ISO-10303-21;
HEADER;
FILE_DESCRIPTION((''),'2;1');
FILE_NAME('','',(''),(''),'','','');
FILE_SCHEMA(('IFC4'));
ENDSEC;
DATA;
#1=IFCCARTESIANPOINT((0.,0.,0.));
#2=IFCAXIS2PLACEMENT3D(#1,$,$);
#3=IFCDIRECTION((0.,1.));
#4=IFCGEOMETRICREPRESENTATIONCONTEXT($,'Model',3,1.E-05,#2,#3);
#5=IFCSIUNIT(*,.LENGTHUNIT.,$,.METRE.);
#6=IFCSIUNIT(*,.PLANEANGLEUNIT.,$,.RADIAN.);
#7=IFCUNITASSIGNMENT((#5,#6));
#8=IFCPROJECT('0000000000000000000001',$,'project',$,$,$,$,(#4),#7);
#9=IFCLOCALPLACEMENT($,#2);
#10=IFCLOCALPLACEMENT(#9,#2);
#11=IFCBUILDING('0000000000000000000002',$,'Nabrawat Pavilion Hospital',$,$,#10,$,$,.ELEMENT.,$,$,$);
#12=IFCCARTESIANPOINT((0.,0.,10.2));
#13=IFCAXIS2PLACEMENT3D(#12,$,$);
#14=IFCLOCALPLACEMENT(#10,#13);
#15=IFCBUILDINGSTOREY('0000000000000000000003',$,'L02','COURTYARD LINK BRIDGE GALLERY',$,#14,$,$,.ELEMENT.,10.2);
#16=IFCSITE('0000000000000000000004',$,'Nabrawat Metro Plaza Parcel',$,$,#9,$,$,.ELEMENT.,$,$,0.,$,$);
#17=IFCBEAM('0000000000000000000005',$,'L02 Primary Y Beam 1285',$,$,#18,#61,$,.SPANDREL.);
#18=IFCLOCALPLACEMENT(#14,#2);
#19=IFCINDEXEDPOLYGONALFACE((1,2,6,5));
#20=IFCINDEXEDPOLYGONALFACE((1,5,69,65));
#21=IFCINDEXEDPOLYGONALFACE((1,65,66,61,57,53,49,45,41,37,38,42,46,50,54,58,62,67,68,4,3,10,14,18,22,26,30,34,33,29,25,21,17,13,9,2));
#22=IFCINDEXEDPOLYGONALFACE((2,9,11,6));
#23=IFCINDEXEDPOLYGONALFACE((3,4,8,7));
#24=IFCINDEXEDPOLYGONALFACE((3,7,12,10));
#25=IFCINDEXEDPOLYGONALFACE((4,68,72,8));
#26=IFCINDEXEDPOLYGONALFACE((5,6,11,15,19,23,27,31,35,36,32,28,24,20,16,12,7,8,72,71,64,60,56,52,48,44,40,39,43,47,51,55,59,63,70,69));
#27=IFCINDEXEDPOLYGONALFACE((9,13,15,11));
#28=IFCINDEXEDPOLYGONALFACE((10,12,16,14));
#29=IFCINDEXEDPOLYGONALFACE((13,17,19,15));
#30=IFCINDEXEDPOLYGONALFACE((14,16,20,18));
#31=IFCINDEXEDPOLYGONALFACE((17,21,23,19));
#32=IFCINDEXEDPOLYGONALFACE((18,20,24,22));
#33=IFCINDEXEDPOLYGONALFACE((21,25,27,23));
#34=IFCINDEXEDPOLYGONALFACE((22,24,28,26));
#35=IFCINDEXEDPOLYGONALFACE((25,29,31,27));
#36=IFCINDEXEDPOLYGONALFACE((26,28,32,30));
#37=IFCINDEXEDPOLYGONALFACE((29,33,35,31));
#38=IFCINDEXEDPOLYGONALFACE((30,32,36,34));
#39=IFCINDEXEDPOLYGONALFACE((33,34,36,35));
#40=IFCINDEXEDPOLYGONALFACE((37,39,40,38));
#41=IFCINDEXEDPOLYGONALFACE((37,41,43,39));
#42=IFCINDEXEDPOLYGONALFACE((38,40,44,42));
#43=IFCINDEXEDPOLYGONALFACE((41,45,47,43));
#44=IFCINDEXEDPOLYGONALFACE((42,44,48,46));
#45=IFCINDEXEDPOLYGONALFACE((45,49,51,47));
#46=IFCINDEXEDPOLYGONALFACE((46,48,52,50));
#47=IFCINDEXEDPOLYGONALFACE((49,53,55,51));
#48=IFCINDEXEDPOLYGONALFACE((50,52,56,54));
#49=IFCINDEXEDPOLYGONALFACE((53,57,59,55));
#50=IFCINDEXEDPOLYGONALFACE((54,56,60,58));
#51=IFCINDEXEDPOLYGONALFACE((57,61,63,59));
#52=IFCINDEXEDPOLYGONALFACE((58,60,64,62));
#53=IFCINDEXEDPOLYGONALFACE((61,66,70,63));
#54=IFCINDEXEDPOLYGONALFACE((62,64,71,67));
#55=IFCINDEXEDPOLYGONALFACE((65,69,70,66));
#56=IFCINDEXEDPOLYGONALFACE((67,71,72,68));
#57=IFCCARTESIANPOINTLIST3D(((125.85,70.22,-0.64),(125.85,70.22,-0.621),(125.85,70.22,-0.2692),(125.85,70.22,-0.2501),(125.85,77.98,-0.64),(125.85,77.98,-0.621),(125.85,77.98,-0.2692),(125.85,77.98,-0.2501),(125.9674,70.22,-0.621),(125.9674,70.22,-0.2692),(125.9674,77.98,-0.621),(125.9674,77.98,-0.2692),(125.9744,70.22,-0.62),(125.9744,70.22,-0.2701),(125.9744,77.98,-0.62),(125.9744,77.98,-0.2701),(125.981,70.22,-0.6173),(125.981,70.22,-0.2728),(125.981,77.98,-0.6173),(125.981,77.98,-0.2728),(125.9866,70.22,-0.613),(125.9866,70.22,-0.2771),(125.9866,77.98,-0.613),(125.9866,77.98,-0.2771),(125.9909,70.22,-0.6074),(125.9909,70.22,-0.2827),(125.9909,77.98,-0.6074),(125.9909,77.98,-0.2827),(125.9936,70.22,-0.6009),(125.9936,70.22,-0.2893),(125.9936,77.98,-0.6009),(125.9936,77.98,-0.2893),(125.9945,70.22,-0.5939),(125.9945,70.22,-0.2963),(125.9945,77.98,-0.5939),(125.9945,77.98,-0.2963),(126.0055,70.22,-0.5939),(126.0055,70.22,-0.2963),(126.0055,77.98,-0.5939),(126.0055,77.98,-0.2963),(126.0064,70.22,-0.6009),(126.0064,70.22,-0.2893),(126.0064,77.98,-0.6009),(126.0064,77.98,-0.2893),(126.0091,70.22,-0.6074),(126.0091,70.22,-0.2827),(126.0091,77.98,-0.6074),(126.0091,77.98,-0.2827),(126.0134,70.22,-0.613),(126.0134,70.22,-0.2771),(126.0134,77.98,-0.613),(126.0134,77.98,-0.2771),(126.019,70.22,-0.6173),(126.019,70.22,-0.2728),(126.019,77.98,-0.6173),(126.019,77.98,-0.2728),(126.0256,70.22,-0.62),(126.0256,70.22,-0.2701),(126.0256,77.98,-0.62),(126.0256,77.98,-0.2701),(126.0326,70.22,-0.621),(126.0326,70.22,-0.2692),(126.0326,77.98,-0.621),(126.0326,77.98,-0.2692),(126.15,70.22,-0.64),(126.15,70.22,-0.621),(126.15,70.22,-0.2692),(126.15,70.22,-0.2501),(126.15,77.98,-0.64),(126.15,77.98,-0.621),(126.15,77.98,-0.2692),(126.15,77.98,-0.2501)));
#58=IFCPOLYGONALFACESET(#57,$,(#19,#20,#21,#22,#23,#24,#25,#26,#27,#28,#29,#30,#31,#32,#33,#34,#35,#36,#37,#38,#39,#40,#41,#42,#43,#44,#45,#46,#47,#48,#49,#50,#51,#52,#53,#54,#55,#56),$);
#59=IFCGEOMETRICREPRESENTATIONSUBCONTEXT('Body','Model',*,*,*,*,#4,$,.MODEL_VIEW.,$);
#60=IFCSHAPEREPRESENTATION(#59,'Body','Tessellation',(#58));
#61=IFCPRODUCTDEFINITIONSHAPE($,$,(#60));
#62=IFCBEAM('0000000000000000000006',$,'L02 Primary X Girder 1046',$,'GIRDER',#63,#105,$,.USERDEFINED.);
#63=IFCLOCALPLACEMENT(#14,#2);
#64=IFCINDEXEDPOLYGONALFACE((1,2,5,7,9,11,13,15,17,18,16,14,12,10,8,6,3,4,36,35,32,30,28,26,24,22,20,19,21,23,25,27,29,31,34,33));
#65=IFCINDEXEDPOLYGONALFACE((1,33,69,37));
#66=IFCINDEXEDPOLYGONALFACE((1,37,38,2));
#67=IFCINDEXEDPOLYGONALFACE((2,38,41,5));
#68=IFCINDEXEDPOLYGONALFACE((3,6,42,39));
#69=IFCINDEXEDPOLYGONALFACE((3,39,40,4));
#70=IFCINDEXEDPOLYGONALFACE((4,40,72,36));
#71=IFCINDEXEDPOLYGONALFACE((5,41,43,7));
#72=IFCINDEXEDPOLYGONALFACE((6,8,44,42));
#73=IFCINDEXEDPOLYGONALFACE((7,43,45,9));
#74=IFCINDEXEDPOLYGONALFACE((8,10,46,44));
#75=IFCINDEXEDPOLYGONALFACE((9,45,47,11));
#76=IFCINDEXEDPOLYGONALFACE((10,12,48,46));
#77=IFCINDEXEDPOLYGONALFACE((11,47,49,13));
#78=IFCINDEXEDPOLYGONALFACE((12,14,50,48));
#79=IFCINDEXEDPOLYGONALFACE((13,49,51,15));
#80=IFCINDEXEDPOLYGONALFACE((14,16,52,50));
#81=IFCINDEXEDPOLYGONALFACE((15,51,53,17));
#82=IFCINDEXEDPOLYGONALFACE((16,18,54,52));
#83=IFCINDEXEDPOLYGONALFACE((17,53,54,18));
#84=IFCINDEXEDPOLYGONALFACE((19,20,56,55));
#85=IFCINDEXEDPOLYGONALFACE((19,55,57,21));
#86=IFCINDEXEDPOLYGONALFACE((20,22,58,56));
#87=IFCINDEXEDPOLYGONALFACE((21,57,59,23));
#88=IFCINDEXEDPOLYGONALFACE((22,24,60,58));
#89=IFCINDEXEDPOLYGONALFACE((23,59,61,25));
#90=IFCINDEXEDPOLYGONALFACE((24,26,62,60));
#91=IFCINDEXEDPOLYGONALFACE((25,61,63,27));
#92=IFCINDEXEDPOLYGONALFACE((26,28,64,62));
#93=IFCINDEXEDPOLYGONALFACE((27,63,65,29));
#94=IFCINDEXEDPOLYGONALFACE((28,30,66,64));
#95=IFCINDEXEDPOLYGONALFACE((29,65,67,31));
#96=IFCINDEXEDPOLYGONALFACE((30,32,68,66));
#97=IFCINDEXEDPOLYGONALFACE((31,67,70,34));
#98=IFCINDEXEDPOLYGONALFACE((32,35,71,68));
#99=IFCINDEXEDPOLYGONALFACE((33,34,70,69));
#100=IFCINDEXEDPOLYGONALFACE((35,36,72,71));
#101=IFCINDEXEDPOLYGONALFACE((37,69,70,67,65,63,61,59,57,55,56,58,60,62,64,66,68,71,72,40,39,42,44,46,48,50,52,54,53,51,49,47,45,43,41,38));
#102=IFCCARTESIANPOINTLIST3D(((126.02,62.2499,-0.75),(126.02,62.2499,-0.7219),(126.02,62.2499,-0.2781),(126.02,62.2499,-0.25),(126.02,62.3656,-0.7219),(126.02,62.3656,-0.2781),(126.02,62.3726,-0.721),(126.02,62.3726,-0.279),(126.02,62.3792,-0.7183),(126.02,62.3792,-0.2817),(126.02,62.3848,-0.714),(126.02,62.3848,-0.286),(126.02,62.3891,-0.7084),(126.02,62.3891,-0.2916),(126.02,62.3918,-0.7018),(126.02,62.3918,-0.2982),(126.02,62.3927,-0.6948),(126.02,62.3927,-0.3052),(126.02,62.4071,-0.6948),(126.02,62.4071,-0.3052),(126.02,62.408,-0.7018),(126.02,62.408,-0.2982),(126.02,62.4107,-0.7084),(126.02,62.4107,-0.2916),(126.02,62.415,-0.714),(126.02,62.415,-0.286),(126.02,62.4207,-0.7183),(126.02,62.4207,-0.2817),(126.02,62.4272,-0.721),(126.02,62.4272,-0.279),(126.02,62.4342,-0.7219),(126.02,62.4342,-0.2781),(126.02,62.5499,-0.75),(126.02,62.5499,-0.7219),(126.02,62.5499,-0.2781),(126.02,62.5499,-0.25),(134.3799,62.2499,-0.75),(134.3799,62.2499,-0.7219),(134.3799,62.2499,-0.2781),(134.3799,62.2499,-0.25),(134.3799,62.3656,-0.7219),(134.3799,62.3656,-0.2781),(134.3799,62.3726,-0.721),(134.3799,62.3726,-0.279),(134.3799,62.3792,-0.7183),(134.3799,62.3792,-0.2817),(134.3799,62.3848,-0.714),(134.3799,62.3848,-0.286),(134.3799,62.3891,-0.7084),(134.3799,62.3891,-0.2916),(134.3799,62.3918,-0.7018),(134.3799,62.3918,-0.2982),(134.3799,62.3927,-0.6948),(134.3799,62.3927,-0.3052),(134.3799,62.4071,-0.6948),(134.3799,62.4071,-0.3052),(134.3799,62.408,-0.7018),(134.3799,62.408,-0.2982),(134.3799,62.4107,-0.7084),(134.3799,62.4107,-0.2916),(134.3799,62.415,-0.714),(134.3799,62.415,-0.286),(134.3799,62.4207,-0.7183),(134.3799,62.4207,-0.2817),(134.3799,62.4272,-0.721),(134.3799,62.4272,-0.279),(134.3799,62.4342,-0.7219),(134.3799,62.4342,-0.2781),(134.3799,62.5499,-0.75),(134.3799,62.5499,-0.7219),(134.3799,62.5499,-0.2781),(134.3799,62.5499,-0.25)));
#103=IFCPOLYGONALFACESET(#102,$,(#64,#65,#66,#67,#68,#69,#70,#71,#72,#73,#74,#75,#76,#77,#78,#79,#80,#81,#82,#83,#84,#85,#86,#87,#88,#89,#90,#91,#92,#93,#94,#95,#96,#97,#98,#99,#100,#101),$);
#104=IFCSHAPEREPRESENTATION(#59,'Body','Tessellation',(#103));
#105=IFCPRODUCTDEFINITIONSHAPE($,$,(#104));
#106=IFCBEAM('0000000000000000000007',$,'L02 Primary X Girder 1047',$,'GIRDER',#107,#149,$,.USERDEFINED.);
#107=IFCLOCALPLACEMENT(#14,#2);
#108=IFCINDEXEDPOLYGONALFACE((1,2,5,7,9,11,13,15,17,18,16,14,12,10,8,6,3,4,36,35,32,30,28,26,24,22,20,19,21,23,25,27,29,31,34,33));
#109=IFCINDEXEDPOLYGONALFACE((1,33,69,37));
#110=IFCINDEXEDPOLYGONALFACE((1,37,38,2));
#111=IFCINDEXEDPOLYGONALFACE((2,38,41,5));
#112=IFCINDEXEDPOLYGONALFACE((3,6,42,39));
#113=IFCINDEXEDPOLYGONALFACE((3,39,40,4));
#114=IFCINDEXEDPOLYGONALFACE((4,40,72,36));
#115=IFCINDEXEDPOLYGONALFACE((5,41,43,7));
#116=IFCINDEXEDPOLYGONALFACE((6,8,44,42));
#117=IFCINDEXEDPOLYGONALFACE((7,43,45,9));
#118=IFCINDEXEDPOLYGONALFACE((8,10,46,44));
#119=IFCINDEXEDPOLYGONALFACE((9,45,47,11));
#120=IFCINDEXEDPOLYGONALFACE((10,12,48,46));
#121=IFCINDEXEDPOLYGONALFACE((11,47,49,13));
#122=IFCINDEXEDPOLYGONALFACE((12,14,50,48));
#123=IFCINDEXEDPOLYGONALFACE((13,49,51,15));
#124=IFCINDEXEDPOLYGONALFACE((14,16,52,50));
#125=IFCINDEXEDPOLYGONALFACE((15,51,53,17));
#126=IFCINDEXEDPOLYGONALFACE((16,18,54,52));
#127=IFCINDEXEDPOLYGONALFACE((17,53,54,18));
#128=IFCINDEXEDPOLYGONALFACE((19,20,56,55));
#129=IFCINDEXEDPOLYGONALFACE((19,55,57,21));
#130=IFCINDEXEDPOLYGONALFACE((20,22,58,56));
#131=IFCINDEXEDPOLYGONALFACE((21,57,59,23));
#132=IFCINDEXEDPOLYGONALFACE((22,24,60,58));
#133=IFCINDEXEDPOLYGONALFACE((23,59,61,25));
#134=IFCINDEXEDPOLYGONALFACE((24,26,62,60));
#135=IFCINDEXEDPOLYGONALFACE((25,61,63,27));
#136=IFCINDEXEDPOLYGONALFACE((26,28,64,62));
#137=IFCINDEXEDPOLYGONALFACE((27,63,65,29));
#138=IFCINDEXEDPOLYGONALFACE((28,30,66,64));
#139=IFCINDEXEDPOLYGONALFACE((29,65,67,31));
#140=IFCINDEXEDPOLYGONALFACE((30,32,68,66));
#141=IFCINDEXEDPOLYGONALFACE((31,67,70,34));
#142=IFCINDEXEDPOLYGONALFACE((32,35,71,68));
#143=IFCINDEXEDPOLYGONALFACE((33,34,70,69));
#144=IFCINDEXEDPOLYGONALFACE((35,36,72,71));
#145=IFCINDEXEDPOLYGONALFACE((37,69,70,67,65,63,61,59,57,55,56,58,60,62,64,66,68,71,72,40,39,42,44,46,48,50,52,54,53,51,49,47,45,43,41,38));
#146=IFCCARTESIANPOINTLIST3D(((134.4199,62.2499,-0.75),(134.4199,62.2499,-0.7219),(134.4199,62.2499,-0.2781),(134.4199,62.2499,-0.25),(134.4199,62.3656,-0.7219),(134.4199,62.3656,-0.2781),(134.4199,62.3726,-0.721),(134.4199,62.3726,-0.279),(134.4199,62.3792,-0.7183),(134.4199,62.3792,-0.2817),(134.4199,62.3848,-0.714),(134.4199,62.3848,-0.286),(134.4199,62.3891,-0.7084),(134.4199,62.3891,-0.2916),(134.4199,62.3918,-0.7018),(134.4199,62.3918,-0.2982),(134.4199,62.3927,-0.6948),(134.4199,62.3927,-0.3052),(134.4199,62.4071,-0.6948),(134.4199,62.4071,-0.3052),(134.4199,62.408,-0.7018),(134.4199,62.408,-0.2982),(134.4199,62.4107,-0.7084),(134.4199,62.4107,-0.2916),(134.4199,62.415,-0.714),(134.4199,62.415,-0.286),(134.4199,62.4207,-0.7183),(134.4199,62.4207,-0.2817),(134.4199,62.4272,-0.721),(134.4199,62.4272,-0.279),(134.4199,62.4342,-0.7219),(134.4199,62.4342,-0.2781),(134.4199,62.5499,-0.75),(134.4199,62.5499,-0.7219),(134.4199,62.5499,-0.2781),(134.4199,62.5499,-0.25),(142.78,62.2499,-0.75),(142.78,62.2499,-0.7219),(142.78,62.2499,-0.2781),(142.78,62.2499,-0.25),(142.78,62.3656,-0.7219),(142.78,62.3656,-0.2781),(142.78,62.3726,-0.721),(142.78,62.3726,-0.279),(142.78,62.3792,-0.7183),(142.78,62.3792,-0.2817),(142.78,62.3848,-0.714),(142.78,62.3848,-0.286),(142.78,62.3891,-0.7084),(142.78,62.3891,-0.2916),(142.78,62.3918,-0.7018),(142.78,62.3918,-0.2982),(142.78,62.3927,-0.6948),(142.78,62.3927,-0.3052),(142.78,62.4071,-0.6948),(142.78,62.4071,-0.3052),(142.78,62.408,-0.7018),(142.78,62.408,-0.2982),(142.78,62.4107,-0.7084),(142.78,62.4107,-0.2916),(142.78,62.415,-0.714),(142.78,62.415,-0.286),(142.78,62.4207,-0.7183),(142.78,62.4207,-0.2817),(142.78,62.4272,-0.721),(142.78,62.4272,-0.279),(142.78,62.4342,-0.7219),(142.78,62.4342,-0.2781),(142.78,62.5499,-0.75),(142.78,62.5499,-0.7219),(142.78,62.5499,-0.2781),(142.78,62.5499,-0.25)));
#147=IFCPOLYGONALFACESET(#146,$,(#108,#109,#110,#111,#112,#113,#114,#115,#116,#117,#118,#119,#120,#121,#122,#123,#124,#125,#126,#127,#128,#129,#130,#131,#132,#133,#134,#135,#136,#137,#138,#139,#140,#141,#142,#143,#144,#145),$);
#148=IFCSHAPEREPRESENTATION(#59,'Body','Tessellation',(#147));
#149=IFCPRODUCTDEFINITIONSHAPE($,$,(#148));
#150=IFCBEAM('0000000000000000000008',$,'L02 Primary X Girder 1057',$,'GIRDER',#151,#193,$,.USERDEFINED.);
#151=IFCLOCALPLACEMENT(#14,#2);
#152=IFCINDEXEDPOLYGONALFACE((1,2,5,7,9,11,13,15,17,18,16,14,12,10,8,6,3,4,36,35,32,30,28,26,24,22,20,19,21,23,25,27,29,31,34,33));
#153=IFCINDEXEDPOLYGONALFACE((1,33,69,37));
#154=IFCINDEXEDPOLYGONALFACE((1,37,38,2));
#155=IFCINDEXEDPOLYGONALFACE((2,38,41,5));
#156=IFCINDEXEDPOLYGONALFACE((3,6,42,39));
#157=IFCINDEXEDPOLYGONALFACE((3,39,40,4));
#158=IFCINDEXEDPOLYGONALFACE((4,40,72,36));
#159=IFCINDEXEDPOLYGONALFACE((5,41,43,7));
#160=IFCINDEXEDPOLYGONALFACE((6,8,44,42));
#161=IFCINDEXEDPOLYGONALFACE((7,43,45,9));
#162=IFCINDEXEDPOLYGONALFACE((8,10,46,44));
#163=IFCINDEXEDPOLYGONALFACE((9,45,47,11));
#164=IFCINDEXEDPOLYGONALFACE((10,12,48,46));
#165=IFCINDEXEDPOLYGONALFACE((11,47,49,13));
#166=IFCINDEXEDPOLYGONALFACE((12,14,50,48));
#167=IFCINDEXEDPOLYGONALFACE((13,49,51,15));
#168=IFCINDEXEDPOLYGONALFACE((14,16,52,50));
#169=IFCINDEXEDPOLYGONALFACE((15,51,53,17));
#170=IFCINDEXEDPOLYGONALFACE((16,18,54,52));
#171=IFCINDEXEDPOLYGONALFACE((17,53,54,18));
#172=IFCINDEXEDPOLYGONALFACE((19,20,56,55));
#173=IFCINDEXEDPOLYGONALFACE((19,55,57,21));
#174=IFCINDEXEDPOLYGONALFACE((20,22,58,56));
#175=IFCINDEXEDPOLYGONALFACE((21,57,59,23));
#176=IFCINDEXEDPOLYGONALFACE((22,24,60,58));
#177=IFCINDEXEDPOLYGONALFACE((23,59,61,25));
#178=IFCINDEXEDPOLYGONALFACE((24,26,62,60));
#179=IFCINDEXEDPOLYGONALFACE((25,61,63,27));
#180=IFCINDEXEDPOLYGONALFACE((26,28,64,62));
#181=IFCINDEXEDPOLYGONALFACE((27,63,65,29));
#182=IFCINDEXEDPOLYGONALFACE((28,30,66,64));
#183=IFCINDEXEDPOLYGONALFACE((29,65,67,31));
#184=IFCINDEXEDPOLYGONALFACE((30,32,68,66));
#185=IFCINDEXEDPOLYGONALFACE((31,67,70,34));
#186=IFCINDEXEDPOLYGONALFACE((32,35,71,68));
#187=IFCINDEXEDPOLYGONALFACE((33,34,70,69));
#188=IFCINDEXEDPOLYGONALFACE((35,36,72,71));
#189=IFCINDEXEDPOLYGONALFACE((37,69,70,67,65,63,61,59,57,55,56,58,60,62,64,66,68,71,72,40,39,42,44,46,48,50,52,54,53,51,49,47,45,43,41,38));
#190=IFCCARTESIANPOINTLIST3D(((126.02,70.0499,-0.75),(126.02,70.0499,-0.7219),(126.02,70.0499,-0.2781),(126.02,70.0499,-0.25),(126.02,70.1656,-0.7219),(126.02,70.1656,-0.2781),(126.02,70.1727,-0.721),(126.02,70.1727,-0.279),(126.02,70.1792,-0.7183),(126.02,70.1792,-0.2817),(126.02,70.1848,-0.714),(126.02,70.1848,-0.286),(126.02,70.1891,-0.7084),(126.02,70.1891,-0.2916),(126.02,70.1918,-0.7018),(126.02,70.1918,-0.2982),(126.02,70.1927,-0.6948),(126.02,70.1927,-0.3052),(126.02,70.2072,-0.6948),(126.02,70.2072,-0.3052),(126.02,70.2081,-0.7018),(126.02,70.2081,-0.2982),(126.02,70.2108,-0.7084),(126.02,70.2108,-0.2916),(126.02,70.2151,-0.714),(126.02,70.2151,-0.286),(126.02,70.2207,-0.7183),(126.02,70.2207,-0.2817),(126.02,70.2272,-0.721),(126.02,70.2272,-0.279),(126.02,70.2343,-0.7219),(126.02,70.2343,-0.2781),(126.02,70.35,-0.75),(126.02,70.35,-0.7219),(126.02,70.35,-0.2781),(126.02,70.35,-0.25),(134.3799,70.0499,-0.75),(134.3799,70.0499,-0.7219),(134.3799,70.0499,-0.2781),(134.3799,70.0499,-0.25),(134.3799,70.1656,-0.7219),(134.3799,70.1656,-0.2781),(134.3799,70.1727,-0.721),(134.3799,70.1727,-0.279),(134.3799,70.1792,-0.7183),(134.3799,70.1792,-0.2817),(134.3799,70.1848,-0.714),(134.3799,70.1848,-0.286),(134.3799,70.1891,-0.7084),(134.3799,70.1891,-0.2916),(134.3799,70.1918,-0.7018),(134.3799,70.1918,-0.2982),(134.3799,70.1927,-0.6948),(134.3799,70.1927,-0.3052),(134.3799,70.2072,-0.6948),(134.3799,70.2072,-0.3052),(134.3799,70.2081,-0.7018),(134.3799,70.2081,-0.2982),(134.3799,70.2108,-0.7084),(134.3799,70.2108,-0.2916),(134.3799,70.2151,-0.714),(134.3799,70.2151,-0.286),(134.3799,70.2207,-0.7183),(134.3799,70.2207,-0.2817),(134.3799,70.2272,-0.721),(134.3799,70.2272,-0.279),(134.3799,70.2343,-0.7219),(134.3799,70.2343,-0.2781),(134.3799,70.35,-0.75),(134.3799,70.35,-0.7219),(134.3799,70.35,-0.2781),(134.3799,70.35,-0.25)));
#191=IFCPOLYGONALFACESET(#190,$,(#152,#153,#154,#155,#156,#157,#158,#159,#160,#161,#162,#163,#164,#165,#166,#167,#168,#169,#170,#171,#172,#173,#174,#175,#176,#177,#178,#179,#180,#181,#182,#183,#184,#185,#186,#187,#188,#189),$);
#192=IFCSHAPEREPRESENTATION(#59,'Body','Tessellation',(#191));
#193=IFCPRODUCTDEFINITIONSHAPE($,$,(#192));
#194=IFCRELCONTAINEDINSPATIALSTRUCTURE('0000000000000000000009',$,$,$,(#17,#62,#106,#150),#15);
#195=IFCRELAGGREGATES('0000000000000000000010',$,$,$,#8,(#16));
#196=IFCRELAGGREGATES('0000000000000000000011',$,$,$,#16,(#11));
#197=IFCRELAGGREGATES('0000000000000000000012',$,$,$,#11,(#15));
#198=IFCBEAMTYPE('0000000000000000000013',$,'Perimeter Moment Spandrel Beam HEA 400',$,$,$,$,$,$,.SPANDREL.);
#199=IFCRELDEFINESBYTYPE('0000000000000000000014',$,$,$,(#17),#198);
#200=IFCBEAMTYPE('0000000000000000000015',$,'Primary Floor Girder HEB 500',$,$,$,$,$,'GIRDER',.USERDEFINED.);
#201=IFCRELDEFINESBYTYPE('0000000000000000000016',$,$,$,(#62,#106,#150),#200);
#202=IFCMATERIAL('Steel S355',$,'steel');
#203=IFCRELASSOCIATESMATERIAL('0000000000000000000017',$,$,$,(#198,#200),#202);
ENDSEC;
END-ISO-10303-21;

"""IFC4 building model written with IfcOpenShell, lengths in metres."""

from ifc_helpers import new_model, si_unit, direction, frame, origin, origin_2d, place, context, subcontext, project, spatial, i_section, extrude, material, material_profile, profile_set, type_object, element, save


model = new_model("IFC4")

# Units and contexts
model_context = context("Model", 3, precision=1e-05, world=origin(), true_north=direction((0.0, 1.0)))
body_context = subcontext(model_context, "Body", "Model", "MODEL_VIEW")
ifc_project = project(units=[si_unit("LENGTHUNIT", "METRE"), si_unit("PLANEANGLEUNIT", "RADIAN")], contexts=[model_context])

# Site, building, storey
site_placement = place(None, origin())
site = spatial("IfcSite", under=ifc_project, at=site_placement, Name="Nabrawat Metro Plaza Parcel", CompositionType="ELEMENT", RefElevation=0.0)
building_placement = place(site_placement, origin())
building = spatial("IfcBuilding", under=site, at=building_placement, Name="Nabrawat Pavilion Hospital", CompositionType="ELEMENT")
storey_placement = place(building_placement, frame((0.0, 0.0, 10.2)))
storey = spatial("IfcBuildingStorey", under=building, at=storey_placement, Name="L02", Description="COURTYARD LINK BRIDGE GALLERY", CompositionType="ELEMENT", Elevation=10.2)

# Shared definitions
ifc_material_1 = material(Name="Steel S355", Category="steel")

# Beams
ifc_material_profile_1 = material_profile(ifc_material_1, i_section(OverallWidth=0.3, OverallDepth=0.3899, WebThickness=0.011, FlangeThickness=0.019, FilletRadius=0.0271, at=origin_2d()), Name="HEA 400")
ifc_profile_set_1 = profile_set([ifc_material_profile_1], Name="Steel S355")
beam_type_1 = type_object("IfcBeamType", Name="Perimeter Moment Spandrel Beam HEA 400", PredefinedType="SPANDREL", material=ifc_profile_set_1)
for number, where, z_axis, x_axis, name in (
    (1, (126.0, 70.22, -0.4451), (0.0, 1.0, 0.0), (-1.0, 0.0, 0.0), "L02 Primary Y Beam 1285"),
):
    element("IfcBeam", number, at=place(storey_placement, frame(where, z_axis=z_axis, x_axis=x_axis)), inside=storey, type_object=beam_type_1, Name=name, PredefinedType="SPANDREL", context=body_context, shape_type="SweptSolid", body=[
        extrude(i_section(OverallWidth=0.3, OverallDepth=0.3899, WebThickness=0.011, FlangeThickness=0.019, FilletRadius=0.0271, at=origin_2d()), origin(), (0.0, 0.0, 1.0), 7.76),
    ])
ifc_material_profile_2 = material_profile(ifc_material_1, i_section(OverallWidth=0.3, OverallDepth=0.5, WebThickness=0.0144, FlangeThickness=0.0281, FilletRadius=0.0271, at=origin_2d()), Name="HEB 500")
ifc_profile_set_2 = profile_set([ifc_material_profile_2], Name="Steel S355")
beam_type_2 = type_object("IfcBeamType", Name="Primary Floor Girder HEB 500", ElementType="GIRDER", PredefinedType="USERDEFINED", material=ifc_profile_set_2)
beam_1_placement = place(storey_placement, frame((126.02, 62.3999, -0.5), z_axis=(1.0, 0.0, 0.0), x_axis=(0.0, 1.0, 0.0)))
element("IfcBeam", 2, at=beam_1_placement, inside=storey, type_object=beam_type_2, Name="L02 Primary X Girder 1046", ObjectType="GIRDER", PredefinedType="USERDEFINED", context=body_context, shape_type="SweptSolid", body=[
    extrude(i_section(OverallWidth=0.3, OverallDepth=0.5, WebThickness=0.0144, FlangeThickness=0.0281, FilletRadius=0.0271, at=origin_2d()), origin(), (0.0, 0.0, 1.0), 8.3599),
])
beam_2_placement = place(storey_placement, frame((134.4199, 62.3999, -0.5), z_axis=(1.0, 0.0, 0.0), x_axis=(0.0, 1.0, 0.0)))
element("IfcBeam", 3, at=beam_2_placement, inside=storey, type_object=beam_type_2, Name="L02 Primary X Girder 1047", ObjectType="GIRDER", PredefinedType="USERDEFINED", context=body_context, shape_type="SweptSolid", body=[
    extrude(i_section(OverallWidth=0.3, OverallDepth=0.5, WebThickness=0.0144, FlangeThickness=0.0281, FilletRadius=0.0271, at=origin_2d()), origin(), (0.0, 0.0, 1.0), 8.3601),
])
beam_3_placement = place(storey_placement, frame((126.02, 70.2, -0.5), z_axis=(1.0, 0.0, 0.0), x_axis=(0.0, 1.0, 0.0)))
element("IfcBeam", 4, at=beam_3_placement, inside=storey, type_object=beam_type_2, Name="L02 Primary X Girder 1057", ObjectType="GIRDER", PredefinedType="USERDEFINED", context=body_context, shape_type="SweptSolid", body=[
    extrude(i_section(OverallWidth=0.3, OverallDepth=0.5, WebThickness=0.0144, FlangeThickness=0.0281, FilletRadius=0.0271, at=origin_2d()), origin(), (0.0, 0.0, 1.0), 8.3599),
])

save(model, "model.ifc")
